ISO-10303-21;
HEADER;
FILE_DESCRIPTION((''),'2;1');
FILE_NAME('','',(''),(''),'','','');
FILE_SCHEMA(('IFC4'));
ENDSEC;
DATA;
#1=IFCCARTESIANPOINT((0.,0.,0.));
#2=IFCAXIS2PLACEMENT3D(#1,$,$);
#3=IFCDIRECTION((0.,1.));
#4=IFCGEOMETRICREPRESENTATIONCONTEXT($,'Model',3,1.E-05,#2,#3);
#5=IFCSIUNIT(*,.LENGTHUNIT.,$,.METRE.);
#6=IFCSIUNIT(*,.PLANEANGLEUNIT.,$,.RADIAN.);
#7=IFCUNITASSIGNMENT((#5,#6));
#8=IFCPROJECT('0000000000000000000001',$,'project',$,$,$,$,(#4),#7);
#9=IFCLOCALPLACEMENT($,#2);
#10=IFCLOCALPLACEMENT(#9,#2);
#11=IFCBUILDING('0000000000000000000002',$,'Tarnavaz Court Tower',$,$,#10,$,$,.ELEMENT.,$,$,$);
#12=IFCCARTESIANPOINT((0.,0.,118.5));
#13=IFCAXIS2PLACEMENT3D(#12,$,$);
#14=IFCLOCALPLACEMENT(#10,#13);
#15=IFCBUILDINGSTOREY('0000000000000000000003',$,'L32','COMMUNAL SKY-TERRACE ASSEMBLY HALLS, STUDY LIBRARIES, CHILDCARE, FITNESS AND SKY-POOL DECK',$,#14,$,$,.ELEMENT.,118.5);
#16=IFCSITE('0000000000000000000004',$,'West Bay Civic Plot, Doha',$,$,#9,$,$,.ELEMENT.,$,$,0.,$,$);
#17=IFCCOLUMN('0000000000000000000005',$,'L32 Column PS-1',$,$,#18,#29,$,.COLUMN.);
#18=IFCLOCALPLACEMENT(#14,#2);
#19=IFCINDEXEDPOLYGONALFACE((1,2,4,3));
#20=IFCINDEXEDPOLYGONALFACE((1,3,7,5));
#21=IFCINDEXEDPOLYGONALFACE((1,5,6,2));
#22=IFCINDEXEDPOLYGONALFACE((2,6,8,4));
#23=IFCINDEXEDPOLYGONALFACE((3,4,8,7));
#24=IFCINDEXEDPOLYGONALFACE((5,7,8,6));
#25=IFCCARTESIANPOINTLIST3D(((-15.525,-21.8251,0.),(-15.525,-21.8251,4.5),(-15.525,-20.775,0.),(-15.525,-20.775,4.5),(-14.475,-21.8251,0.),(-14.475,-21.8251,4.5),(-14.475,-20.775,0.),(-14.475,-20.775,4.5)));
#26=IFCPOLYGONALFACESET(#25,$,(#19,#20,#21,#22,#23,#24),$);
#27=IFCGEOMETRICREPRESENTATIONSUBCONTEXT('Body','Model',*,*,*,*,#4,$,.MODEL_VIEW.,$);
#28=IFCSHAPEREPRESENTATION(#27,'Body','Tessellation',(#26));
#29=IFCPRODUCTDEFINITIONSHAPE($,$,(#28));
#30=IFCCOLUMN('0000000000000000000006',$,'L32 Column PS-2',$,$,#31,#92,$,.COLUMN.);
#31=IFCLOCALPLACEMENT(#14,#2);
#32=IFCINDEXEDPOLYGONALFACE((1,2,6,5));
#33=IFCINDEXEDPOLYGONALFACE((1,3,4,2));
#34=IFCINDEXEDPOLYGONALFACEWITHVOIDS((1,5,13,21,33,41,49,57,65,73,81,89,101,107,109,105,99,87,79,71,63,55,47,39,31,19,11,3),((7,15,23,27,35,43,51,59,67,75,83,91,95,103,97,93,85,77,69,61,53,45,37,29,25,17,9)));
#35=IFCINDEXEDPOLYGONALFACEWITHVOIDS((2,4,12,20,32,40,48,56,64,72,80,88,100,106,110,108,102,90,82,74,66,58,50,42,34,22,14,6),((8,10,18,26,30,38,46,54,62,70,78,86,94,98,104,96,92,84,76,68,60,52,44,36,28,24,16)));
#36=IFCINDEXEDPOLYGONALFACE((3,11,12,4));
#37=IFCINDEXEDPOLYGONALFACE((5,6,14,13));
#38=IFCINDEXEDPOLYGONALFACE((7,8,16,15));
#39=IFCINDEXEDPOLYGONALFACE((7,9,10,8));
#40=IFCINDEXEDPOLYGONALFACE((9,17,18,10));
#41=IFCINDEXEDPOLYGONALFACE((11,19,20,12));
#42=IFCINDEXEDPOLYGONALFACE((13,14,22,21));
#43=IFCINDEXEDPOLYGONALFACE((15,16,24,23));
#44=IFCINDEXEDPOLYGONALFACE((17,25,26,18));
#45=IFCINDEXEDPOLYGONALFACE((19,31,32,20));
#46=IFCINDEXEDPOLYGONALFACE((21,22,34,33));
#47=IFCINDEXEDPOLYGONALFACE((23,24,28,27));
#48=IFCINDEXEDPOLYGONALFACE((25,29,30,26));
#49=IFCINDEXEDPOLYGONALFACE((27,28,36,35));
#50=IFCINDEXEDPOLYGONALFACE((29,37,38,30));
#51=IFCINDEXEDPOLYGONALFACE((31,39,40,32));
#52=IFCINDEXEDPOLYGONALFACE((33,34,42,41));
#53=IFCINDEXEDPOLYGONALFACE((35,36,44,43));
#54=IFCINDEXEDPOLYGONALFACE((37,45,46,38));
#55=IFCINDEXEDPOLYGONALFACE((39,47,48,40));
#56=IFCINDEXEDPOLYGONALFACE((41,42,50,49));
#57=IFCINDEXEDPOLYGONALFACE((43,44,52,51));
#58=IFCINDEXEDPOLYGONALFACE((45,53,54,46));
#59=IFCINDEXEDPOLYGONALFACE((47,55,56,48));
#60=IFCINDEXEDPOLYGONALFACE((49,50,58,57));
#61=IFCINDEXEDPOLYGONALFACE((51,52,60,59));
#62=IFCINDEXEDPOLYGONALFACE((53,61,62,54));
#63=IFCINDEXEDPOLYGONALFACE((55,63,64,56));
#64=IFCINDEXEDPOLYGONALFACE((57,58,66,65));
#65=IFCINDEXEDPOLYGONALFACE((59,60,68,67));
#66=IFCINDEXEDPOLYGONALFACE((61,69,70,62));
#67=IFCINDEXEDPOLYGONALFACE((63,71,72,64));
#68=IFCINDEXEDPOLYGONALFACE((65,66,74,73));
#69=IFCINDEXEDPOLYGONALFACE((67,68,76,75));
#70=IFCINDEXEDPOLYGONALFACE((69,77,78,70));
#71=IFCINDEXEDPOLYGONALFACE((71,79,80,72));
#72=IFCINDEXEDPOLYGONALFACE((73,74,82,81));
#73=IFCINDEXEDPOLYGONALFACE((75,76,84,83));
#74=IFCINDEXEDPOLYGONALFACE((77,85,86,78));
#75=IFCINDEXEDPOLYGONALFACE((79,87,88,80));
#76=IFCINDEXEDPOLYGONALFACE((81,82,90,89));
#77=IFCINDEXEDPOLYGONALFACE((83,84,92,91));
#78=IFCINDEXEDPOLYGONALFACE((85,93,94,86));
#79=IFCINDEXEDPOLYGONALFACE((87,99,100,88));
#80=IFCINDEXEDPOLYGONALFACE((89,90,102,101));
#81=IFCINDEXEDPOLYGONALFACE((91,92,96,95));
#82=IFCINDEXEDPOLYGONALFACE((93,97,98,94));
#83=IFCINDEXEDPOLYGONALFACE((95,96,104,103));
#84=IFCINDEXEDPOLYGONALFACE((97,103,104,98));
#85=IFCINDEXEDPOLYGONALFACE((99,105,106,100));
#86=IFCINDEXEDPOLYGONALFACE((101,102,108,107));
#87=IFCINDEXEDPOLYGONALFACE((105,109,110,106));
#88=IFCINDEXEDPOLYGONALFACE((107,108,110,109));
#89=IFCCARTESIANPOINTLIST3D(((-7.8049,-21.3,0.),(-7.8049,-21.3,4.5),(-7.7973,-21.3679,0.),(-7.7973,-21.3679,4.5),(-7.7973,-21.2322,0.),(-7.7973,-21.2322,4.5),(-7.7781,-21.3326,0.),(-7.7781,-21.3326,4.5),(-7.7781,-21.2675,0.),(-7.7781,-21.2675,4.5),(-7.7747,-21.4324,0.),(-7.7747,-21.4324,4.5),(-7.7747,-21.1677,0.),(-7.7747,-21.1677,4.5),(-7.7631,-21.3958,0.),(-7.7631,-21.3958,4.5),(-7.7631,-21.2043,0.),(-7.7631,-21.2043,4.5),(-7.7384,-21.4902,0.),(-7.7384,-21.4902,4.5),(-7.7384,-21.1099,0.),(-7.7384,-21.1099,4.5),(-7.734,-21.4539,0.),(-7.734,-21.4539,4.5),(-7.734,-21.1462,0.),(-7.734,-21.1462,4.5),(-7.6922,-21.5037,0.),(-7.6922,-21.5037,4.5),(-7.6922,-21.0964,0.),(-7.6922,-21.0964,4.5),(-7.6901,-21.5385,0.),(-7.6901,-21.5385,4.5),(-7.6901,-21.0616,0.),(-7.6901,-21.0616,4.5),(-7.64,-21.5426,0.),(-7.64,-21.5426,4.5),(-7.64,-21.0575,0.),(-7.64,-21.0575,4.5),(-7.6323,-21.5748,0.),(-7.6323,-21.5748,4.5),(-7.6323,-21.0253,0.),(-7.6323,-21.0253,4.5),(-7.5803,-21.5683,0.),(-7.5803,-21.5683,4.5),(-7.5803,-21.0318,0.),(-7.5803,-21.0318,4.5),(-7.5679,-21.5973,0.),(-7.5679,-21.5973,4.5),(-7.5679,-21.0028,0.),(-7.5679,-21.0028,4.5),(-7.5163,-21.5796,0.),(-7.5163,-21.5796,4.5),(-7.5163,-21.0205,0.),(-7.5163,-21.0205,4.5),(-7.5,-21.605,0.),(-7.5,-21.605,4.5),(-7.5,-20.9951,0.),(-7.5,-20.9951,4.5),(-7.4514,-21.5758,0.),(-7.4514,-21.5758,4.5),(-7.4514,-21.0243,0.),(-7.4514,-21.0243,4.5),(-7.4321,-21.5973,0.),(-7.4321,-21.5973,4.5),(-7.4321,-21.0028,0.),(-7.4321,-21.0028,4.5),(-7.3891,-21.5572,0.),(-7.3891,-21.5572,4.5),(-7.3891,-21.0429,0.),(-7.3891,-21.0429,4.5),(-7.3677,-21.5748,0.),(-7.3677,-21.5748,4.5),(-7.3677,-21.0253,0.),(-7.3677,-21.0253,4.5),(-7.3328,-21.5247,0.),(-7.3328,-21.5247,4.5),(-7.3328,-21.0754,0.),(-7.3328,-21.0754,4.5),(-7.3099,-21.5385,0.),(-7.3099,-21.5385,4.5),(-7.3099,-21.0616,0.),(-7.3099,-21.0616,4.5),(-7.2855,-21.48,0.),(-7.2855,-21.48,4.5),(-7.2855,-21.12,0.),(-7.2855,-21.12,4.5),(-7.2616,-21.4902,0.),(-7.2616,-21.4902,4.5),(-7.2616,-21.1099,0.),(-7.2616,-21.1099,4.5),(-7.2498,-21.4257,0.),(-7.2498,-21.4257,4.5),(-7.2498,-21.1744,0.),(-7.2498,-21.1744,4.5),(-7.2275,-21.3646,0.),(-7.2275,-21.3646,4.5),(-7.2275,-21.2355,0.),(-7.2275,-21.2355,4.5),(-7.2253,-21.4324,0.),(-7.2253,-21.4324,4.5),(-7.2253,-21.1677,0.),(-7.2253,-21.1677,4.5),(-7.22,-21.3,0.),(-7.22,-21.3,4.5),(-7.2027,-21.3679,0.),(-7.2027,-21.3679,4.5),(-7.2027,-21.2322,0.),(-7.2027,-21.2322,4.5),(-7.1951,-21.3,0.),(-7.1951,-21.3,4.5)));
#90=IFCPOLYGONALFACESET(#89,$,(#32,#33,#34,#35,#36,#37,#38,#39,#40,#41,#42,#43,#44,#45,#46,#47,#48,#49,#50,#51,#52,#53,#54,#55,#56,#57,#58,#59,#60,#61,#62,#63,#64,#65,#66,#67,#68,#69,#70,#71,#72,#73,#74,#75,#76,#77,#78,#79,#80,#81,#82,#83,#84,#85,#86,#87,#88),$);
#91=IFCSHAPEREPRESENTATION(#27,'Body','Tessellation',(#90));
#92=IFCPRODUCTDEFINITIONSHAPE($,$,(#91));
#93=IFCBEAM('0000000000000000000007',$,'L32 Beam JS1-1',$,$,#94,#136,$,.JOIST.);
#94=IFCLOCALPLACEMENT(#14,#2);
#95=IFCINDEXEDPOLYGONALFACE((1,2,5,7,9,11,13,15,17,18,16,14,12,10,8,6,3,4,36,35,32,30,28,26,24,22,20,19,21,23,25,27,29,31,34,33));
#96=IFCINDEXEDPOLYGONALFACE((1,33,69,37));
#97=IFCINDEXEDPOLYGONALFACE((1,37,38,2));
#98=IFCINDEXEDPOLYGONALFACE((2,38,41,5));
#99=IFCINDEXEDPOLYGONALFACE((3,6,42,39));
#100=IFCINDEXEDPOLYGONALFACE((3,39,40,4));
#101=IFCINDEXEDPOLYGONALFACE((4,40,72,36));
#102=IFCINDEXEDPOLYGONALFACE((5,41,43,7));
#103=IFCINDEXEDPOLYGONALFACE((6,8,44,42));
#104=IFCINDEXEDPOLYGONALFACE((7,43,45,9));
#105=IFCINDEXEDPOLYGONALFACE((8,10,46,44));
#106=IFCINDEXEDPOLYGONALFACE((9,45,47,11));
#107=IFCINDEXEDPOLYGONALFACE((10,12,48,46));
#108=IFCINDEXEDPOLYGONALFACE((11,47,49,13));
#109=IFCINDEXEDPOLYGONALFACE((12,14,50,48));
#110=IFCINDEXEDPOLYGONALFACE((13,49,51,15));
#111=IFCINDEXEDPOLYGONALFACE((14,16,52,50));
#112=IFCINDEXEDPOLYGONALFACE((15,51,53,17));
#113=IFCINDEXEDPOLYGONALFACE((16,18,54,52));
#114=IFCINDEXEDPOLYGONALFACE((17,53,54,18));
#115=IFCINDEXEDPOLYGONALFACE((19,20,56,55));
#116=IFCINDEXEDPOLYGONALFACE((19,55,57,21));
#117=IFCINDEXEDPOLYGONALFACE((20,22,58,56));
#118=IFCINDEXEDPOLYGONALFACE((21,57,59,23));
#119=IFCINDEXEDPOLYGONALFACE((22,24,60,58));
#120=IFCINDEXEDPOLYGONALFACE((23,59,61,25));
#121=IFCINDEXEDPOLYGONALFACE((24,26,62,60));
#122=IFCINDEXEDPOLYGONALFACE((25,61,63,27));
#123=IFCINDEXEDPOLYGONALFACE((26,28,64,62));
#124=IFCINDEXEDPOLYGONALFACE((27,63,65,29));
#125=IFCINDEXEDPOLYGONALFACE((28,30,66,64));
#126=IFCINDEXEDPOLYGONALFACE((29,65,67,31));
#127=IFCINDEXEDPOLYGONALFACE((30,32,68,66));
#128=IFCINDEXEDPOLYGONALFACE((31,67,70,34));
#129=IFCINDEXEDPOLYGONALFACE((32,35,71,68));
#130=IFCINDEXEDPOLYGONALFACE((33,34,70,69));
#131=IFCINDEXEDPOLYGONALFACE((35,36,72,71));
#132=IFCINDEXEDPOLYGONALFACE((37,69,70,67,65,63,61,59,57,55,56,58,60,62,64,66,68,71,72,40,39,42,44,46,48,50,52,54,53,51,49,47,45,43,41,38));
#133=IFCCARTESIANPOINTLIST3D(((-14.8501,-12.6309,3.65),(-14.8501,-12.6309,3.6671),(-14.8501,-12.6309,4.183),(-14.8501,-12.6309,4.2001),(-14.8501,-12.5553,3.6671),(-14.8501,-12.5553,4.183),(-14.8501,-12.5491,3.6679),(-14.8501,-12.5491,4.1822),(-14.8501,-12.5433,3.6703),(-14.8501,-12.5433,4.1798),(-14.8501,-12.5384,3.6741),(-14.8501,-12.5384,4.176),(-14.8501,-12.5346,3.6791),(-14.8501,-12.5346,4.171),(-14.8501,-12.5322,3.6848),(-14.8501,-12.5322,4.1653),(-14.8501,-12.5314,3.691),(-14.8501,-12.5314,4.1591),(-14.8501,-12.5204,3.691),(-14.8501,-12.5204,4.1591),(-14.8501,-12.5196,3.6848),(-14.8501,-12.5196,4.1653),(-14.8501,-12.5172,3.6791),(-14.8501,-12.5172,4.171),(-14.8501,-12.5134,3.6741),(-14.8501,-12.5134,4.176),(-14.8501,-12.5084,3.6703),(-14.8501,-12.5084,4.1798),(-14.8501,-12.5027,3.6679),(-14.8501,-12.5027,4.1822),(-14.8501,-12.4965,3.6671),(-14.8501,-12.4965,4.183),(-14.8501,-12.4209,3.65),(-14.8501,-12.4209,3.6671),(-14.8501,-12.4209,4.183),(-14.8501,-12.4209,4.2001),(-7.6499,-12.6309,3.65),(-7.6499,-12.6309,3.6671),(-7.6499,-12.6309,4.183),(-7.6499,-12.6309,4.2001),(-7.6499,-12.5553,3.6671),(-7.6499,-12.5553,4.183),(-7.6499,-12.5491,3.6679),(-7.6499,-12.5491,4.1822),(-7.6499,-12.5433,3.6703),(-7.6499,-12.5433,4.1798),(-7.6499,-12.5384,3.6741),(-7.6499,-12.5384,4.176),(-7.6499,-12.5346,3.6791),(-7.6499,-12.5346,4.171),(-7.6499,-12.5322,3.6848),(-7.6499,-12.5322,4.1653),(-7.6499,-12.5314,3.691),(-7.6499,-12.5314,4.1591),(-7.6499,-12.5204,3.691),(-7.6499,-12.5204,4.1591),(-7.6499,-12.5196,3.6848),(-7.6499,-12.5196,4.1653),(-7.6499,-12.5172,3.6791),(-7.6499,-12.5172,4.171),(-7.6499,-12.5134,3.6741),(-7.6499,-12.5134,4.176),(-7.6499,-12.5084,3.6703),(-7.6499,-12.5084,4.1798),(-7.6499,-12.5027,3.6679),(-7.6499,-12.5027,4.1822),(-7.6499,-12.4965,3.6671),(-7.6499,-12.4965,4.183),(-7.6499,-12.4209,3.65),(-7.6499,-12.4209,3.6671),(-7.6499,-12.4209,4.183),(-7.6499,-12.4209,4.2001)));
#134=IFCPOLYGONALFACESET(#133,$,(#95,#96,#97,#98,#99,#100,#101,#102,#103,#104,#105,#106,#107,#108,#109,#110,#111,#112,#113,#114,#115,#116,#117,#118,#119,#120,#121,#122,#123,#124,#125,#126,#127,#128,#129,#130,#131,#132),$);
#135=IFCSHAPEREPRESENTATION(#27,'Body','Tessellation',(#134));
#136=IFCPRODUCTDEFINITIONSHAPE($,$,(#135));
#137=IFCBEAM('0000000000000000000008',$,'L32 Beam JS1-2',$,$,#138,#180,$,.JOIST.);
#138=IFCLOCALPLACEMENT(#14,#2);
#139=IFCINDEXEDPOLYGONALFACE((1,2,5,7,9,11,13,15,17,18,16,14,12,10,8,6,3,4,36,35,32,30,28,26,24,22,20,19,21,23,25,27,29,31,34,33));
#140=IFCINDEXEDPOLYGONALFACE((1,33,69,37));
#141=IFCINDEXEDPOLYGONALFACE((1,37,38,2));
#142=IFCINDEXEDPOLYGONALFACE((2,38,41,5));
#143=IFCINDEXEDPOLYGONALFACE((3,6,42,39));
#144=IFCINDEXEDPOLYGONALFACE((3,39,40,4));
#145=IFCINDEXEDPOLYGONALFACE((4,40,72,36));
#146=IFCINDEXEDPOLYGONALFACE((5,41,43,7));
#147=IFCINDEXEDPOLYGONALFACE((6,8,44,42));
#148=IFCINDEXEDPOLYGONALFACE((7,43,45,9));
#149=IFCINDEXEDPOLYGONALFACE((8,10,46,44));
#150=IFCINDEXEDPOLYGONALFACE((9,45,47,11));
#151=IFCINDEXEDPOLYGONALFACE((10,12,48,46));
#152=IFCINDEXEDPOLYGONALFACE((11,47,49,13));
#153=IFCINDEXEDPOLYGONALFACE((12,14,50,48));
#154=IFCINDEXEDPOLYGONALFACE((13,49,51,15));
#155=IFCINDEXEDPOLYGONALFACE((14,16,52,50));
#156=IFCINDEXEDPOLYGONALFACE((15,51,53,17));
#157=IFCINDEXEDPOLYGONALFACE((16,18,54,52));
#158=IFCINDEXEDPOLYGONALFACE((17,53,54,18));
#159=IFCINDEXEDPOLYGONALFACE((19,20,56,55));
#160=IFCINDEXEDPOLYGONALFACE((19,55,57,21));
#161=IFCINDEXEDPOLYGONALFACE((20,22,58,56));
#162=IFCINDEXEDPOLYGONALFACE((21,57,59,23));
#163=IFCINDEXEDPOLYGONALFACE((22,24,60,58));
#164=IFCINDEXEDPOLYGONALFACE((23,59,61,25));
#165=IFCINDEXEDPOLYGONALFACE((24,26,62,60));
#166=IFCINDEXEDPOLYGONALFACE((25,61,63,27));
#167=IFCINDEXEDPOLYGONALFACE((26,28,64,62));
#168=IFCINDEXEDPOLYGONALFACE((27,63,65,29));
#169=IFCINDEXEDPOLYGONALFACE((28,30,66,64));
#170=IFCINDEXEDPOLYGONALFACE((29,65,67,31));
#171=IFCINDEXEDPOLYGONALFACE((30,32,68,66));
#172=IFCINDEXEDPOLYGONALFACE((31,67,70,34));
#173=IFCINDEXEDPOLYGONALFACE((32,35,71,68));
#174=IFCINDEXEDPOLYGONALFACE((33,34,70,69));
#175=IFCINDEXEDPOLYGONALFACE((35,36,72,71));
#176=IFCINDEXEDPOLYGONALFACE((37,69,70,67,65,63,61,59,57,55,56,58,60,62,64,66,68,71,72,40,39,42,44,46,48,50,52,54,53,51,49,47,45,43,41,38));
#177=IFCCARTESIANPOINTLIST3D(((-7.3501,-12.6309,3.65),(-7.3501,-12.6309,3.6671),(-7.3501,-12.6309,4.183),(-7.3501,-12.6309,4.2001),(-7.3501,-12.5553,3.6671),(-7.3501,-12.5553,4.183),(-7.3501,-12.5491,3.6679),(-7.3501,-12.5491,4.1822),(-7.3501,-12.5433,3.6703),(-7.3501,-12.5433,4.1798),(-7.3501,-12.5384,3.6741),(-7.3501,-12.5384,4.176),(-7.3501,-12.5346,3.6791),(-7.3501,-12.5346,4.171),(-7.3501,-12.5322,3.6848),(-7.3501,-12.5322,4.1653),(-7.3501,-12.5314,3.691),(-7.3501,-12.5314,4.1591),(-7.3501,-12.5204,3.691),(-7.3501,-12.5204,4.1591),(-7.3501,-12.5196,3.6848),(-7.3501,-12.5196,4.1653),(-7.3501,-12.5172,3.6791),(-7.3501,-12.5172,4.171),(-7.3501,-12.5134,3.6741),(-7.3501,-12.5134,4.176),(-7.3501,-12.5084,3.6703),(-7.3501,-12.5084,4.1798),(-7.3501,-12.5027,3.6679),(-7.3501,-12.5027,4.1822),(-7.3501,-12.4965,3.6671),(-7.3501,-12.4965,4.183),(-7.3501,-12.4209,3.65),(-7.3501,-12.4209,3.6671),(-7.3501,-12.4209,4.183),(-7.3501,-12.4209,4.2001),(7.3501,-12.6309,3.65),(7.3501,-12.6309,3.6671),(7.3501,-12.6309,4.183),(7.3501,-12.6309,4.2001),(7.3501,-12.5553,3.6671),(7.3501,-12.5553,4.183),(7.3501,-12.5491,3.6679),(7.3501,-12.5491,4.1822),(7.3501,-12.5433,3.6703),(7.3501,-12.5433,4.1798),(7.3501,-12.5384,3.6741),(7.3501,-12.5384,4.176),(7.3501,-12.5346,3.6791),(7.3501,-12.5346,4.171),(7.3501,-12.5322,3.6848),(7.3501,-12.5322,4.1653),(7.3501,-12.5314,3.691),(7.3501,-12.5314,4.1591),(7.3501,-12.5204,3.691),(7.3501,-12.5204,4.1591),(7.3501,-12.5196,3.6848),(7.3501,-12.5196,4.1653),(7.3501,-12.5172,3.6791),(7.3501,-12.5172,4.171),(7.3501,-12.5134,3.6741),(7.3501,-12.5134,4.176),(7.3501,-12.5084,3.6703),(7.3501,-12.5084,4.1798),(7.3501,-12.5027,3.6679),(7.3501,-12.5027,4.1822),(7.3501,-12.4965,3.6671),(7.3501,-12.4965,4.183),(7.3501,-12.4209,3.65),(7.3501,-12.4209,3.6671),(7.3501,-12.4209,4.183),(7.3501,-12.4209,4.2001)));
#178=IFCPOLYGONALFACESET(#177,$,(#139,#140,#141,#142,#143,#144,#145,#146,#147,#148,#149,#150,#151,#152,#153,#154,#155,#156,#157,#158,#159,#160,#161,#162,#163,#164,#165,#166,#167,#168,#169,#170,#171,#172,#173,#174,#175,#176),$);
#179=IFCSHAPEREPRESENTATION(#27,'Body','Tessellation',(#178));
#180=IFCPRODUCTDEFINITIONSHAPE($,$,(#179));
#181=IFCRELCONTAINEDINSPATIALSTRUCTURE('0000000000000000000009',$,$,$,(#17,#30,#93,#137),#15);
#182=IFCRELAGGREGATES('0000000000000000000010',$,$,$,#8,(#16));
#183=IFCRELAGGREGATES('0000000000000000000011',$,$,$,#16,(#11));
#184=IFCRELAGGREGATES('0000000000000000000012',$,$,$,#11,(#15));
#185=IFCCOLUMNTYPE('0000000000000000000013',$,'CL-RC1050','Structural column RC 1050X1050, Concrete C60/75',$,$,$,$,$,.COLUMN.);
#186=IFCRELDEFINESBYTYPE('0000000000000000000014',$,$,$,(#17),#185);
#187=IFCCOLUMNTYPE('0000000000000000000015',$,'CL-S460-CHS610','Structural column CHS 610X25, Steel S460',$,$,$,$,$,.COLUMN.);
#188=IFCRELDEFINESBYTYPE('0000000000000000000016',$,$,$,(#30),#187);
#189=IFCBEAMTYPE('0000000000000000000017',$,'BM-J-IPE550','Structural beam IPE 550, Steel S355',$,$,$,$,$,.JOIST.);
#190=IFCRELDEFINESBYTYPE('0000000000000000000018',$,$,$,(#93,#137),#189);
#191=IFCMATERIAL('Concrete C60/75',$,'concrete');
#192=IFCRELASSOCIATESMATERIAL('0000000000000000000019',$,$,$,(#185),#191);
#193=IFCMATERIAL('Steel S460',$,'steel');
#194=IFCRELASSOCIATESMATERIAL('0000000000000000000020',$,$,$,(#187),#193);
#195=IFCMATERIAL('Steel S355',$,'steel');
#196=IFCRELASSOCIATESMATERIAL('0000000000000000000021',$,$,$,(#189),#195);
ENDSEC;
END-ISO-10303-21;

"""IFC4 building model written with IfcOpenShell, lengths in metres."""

from ifc_helpers import new_model, si_unit, direction, frame, origin, origin_2d, place, context, subcontext, project, spatial, rectangle, hollow_circle, i_section, extrude, material, material_profile, profile_set, type_object, element, save


model = new_model("IFC4")

# Units and contexts
model_context = context("Model", 3, precision=1e-05, world=origin(), true_north=direction((0.0, 1.0)))
body_context = subcontext(model_context, "Body", "Model", "MODEL_VIEW")
ifc_project = project(units=[si_unit("LENGTHUNIT", "METRE"), si_unit("PLANEANGLEUNIT", "RADIAN")], contexts=[model_context])

# Site, building, storey
site_placement = place(None, origin())
site = spatial("IfcSite", under=ifc_project, at=site_placement, Name="West Bay Civic Plot, Doha", CompositionType="ELEMENT", RefElevation=0.0)
building_placement = place(site_placement, origin())
building = spatial("IfcBuilding", under=site, at=building_placement, Name="Tarnavaz Court Tower", CompositionType="ELEMENT")
storey_placement = place(building_placement, frame((0.0, 0.0, 118.5)))
storey = spatial("IfcBuildingStorey", under=building, at=storey_placement, Name="L32", Description="COMMUNAL SKY-TERRACE ASSEMBLY HALLS, STUDY LIBRARIES, CHILDCARE, FITNESS AND SKY-POOL DECK", CompositionType="ELEMENT", Elevation=118.5)

# Columns
ifc_material_1 = material(Name="Concrete C60/75", Category="concrete")
ifc_material_profile_1 = material_profile(ifc_material_1, rectangle(XDim=1.05, YDim=1.05, at=origin_2d()), Name="RC 1050X1050")
ifc_profile_set_1 = profile_set([ifc_material_profile_1], Name="Concrete C60/75")
column_type_1 = type_object("IfcColumnType", Name="CL-RC1050", Description="Structural column RC 1050X1050, Concrete C60/75", PredefinedType="COLUMN", material=ifc_profile_set_1)
column_1_placement = place(storey_placement, frame((-15.0, -21.3, 0.0), z_axis=(0.0, 0.0, 1.0), x_axis=(1.0, 0.0, 0.0)))
element("IfcColumn", 1, at=column_1_placement, inside=storey, type_object=column_type_1, Name="L32 Column PS-1", PredefinedType="COLUMN", context=body_context, shape_type="SweptSolid", body=[
    extrude(rectangle(XDim=1.05, YDim=1.05, at=origin_2d()), origin(), (0.0, 0.0, 1.0), 4.5),
])
ifc_material_2 = material(Name="Steel S460", Category="steel")
ifc_material_profile_2 = material_profile(ifc_material_2, hollow_circle(Radius=0.3049, WallThickness=0.0249, at=origin_2d()), Name="CHS 610X25")
ifc_profile_set_2 = profile_set([ifc_material_profile_2], Name="Steel S460")
column_type_2 = type_object("IfcColumnType", Name="CL-S460-CHS610", Description="Structural column CHS 610X25, Steel S460", PredefinedType="COLUMN", material=ifc_profile_set_2)
column_2_placement = place(storey_placement, frame((-7.5, -21.3, 0.0), z_axis=(0.0, 0.0, 1.0), x_axis=(1.0, 0.0, 0.0)))
element("IfcColumn", 2, at=column_2_placement, inside=storey, type_object=column_type_2, Name="L32 Column PS-2", PredefinedType="COLUMN", context=body_context, shape_type="SweptSolid", body=[
    extrude(hollow_circle(Radius=0.3049, WallThickness=0.0249, at=origin_2d()), origin(), (0.0, 0.0, 1.0), 4.5),
])

# Beams
ifc_material_3 = material(Name="Steel S355", Category="steel")
ifc_material_profile_3 = material_profile(ifc_material_3, i_section(OverallWidth=0.21, OverallDepth=0.55, WebThickness=0.011, FlangeThickness=0.0171, FilletRadius=0.0239, at=origin_2d()), Name="IPE 550")
ifc_profile_set_3 = profile_set([ifc_material_profile_3], Name="Steel S355")
beam_type_1 = type_object("IfcBeamType", Name="BM-J-IPE550", Description="Structural beam IPE 550, Steel S355", PredefinedType="JOIST", material=ifc_profile_set_3)
beam_1_placement = place(storey_placement, frame((-14.8501, -12.5259, 3.925), z_axis=(1.0, 0.0, 0.0), x_axis=(0.0, 1.0, 0.0)))
element("IfcBeam", 3, at=beam_1_placement, inside=storey, type_object=beam_type_1, Name="L32 Beam JS1-1", PredefinedType="JOIST", context=body_context, shape_type="SweptSolid", body=[
    extrude(i_section(OverallWidth=0.21, OverallDepth=0.55, WebThickness=0.011, FlangeThickness=0.0171, FilletRadius=0.0239, at=origin_2d()), origin(), (0.0, 0.0, 1.0), 7.2002),
])
beam_2_placement = place(storey_placement, frame((-7.3501, -12.5259, 3.925), z_axis=(1.0, 0.0, 0.0), x_axis=(0.0, 1.0, 0.0)))
element("IfcBeam", 4, at=beam_2_placement, inside=storey, type_object=beam_type_1, Name="L32 Beam JS1-2", PredefinedType="JOIST", context=body_context, shape_type="SweptSolid", body=[
    extrude(i_section(OverallWidth=0.21, OverallDepth=0.55, WebThickness=0.011, FlangeThickness=0.0171, FilletRadius=0.0239, at=origin_2d()), origin(), (0.0, 0.0, 1.0), 14.7002),
])

save(model, "model.ifc")
